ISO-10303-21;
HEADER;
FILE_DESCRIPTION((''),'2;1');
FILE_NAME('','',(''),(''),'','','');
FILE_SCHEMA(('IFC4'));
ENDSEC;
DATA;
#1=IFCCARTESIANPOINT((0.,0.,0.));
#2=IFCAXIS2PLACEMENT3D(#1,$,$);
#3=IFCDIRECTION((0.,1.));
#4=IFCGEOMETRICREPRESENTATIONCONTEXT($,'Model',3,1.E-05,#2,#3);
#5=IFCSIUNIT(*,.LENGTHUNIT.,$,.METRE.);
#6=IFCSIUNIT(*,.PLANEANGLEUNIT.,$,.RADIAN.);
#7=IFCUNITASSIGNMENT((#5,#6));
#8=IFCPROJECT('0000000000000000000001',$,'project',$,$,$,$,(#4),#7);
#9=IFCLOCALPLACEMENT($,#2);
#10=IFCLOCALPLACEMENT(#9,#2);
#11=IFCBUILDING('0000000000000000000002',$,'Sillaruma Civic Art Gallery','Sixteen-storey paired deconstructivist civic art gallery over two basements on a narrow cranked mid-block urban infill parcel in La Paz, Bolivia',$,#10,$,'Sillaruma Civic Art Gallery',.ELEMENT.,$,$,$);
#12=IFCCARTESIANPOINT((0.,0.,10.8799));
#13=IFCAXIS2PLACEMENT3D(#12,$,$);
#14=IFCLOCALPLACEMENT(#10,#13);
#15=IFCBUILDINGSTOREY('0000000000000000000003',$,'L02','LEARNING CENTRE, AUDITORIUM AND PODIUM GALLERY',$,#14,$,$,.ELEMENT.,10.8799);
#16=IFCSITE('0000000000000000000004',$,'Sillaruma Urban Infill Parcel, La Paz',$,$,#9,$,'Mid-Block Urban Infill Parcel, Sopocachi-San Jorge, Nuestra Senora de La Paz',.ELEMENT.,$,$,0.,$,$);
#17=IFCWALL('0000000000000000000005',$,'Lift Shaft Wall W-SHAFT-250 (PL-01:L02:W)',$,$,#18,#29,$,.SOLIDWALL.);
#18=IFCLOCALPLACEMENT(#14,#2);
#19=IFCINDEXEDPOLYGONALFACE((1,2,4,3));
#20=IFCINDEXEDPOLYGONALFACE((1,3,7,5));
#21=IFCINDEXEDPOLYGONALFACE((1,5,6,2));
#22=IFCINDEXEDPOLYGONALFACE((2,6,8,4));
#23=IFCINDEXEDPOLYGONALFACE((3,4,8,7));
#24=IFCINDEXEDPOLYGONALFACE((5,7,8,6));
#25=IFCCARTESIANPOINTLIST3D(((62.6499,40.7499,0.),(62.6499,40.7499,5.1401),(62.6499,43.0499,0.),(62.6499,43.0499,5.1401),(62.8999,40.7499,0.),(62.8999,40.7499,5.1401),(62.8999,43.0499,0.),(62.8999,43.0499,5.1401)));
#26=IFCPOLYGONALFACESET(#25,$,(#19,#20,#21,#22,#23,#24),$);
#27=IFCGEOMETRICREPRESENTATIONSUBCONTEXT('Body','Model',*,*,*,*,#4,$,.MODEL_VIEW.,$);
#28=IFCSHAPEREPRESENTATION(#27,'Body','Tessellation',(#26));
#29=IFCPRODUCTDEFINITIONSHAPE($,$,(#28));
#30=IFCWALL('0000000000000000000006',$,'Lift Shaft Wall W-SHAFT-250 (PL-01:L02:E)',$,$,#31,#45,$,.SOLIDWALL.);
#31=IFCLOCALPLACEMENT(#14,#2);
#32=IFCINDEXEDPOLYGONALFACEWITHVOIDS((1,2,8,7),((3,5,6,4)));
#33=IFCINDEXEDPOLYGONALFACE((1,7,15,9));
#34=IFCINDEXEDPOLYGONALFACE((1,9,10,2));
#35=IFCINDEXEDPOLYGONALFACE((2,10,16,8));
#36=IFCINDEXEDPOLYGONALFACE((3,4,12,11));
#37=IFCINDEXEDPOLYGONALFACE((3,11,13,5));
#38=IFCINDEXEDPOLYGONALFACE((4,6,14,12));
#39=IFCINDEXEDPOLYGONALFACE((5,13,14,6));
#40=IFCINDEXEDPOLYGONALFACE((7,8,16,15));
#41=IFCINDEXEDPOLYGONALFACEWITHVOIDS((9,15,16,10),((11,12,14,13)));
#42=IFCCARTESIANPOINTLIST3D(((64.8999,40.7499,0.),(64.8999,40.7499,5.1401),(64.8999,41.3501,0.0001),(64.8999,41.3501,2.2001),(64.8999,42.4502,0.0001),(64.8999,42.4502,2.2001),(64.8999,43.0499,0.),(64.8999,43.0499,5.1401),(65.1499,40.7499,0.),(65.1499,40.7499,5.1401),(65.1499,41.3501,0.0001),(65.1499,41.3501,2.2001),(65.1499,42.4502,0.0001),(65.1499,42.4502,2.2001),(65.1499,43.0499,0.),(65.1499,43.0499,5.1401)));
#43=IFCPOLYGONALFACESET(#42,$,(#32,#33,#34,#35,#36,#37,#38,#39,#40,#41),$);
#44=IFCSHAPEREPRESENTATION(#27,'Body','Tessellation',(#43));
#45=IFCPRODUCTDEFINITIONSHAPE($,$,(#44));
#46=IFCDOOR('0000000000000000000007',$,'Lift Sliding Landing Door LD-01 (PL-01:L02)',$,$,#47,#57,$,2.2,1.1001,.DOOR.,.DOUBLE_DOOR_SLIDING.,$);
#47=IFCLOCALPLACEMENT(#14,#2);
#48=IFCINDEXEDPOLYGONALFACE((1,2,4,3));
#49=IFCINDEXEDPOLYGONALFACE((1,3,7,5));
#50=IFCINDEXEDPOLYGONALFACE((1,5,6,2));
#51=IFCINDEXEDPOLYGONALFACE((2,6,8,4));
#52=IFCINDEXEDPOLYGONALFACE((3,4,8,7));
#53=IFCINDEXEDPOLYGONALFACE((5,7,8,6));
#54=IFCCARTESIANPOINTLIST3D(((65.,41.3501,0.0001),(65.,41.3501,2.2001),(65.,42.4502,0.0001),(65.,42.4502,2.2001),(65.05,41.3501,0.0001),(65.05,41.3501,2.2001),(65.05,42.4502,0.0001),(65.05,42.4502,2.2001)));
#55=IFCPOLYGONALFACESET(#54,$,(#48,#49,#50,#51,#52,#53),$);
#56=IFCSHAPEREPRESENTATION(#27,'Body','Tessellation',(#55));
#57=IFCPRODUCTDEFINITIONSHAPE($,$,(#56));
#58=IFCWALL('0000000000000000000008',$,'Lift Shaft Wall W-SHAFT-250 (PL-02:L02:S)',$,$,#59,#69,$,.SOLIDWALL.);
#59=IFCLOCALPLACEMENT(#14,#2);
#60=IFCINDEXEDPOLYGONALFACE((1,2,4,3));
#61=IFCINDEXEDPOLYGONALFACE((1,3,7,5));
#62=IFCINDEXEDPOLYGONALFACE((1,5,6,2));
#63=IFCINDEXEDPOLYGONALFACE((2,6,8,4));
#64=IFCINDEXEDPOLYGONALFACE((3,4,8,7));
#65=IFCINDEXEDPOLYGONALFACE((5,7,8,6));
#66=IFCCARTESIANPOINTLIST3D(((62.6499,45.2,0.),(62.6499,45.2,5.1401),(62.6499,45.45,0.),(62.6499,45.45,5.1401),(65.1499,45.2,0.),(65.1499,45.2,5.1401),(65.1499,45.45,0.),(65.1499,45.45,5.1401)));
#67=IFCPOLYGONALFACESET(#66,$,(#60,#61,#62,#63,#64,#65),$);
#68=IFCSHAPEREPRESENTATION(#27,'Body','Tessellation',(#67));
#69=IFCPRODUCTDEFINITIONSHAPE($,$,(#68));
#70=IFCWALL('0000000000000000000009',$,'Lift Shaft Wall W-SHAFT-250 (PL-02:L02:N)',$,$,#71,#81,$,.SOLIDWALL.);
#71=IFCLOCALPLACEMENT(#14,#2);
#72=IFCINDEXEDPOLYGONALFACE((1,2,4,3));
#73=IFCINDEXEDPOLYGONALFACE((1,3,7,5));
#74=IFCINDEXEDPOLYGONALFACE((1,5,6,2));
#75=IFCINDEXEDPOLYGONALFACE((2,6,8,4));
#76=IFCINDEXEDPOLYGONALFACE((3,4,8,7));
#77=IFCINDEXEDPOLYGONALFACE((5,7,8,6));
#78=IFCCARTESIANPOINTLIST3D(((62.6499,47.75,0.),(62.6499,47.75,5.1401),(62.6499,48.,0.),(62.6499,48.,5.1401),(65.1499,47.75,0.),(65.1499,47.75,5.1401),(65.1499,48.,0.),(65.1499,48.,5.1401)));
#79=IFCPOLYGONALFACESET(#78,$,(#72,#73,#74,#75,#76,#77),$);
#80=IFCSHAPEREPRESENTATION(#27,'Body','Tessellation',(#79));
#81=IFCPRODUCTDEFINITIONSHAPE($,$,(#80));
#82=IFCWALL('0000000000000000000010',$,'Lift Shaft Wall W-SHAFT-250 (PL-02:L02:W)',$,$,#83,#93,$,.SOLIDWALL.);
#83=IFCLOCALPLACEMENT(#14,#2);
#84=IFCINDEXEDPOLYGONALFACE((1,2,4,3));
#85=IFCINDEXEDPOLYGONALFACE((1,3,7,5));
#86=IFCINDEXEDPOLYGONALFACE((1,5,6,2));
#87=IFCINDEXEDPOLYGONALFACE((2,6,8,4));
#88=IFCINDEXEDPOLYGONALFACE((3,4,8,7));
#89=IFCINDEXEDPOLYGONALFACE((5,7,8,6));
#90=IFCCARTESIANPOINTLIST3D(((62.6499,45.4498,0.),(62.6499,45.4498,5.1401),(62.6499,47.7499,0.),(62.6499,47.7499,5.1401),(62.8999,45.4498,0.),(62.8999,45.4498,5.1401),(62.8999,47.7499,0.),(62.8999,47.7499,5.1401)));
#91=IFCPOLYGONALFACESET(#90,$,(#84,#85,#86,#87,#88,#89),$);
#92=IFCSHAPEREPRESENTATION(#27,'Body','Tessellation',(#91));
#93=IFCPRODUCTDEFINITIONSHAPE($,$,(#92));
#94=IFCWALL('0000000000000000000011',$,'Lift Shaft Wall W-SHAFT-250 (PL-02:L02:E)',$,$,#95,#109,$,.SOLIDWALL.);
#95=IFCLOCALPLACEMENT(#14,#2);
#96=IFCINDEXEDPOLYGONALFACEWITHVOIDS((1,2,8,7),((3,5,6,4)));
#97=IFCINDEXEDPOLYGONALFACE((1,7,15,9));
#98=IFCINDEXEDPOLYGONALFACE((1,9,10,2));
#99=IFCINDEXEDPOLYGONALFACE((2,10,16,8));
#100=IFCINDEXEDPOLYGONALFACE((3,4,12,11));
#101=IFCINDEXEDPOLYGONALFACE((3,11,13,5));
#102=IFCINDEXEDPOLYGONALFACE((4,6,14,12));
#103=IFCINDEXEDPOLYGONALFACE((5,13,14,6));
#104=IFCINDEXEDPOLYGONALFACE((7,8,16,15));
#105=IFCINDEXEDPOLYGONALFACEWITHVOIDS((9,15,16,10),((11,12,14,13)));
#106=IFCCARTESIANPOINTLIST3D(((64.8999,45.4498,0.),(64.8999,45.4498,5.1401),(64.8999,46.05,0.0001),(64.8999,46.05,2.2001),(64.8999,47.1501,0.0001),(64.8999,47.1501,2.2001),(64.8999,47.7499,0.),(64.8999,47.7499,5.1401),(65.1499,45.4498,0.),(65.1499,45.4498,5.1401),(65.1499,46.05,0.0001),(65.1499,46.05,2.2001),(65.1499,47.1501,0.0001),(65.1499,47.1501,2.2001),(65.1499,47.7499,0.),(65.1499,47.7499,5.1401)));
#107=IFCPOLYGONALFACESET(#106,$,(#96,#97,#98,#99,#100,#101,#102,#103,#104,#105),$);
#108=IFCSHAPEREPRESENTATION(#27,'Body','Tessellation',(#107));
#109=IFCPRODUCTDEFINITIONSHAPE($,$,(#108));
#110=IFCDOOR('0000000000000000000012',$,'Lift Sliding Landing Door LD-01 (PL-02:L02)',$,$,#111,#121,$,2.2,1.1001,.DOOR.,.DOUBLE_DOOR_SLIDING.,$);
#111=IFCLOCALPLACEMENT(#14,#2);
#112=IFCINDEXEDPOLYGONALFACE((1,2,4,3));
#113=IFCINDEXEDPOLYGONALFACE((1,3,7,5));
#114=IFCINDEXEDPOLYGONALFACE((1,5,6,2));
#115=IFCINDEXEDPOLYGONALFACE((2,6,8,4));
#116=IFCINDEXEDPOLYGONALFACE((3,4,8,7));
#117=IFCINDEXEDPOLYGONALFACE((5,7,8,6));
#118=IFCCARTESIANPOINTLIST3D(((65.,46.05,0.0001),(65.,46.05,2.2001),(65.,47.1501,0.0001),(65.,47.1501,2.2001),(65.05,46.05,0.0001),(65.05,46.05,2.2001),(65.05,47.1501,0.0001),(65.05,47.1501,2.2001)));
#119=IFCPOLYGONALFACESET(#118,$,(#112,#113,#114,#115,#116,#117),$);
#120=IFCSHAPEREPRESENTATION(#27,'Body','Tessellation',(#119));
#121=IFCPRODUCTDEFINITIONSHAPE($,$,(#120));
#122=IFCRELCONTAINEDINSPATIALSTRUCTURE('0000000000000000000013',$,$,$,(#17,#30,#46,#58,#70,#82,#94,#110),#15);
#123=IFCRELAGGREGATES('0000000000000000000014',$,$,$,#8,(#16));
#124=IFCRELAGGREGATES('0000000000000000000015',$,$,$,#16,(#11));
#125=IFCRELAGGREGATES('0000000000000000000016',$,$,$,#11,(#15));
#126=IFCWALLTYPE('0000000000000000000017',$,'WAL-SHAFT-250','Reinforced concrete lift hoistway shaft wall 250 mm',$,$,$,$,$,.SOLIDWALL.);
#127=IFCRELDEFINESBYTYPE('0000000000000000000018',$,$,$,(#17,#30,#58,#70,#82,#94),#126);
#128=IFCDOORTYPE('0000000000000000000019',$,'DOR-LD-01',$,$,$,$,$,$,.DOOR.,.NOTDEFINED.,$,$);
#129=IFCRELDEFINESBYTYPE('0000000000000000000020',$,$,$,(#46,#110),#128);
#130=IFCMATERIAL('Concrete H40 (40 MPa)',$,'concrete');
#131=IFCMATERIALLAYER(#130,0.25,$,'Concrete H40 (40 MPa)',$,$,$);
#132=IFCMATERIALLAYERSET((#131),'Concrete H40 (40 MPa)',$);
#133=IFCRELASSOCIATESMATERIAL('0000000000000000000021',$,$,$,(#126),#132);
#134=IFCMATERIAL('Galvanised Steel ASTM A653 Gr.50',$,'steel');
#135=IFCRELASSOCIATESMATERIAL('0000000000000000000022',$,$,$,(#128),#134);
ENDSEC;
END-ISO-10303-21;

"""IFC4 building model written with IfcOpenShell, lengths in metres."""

from ifc_helpers import new_model, si_unit, direction, frame, frame_2d, origin, place, context, subcontext, project, spatial, rectangle, extrude, material, layer, layer_set, type_object, element, fill, save


model = new_model("IFC4")

# Units and contexts
model_context = context("Model", 3, precision=1e-05, world=origin(), true_north=direction((0.0, 1.0)))
body_context = subcontext(model_context, "Body", "Model", "MODEL_VIEW")
ifc_project = project(units=[si_unit("LENGTHUNIT", "METRE"), si_unit("PLANEANGLEUNIT", "RADIAN")], contexts=[model_context])

# Site, building, storey
site_placement = place(None, origin())
site = spatial("IfcSite", under=ifc_project, at=site_placement, Name="Sillaruma Urban Infill Parcel, La Paz", LongName="Mid-Block Urban Infill Parcel, Sopocachi-San Jorge, Nuestra Senora de La Paz", CompositionType="ELEMENT", RefElevation=0.0)
building_placement = place(site_placement, origin())
building = spatial("IfcBuilding", under=site, at=building_placement, Name="Sillaruma Civic Art Gallery", Description="Sixteen-storey paired deconstructivist civic art gallery over two basements on a narrow cranked mid-block urban infill parcel in La Paz, Bolivia", LongName="Sillaruma Civic Art Gallery", CompositionType="ELEMENT")
storey_placement = place(building_placement, frame((0.0, 0.0, 10.8799)))
storey = spatial("IfcBuildingStorey", under=building, at=storey_placement, Name="L02", Description="LEARNING CENTRE, AUDITORIUM AND PODIUM GALLERY", CompositionType="ELEMENT", Elevation=10.8799)

# Shared definitions
ifc_material_1 = material(Name="Concrete H40 (40 MPa)", Category="concrete")

# Wall
ifc_layer_1 = layer(ifc_material_1, 0.25, Name="Concrete H40 (40 MPa)")
ifc_layer_set_1 = layer_set([ifc_layer_1], Name="Concrete H40 (40 MPa)")
wall_type_1 = type_object("IfcWallType", Name="WAL-SHAFT-250", Description="Reinforced concrete lift hoistway shaft wall 250 mm", PredefinedType="SOLIDWALL", material=ifc_layer_set_1)
wall_1_placement = place(storey_placement, frame((62.7749, 40.75, 0.0), z_axis=(0.0, 0.0, 1.0), x_axis=(0.0, 1.0, 0.0)))
element("IfcWall", 1, at=wall_1_placement, inside=storey, type_object=wall_type_1, Name="Lift Shaft Wall W-SHAFT-250 (PL-01:L02:W)", PredefinedType="SOLIDWALL", context=body_context, shape_type="SweptSolid", body=[
    extrude(rectangle(XDim=2.3, YDim=0.25, at=frame_2d((1.1499, 0.0))), origin(), (0.0, 0.0, 1.0), 5.1401),
])

# Wall, opening, door
wall_2_placement = place(storey_placement, frame((65.0249, 40.75, 0.0), z_axis=(0.0, 0.0, 1.0), x_axis=(0.0, 1.0, 0.0)))
wall_2 = element("IfcWall", 2, at=wall_2_placement, inside=storey, type_object=wall_type_1, Name="Lift Shaft Wall W-SHAFT-250 (PL-01:L02:E)", PredefinedType="SOLIDWALL", context=body_context, shape_type="SweptSolid", body=[
    extrude(rectangle(XDim=2.3, YDim=0.25, at=frame_2d((1.1499, 0.0))), origin(), (0.0, 0.0, 1.0), 5.1401),
])
opening_1_placement = place(wall_2_placement, frame((0.6001, 0.0, 0.0)))
opening_1 = element("IfcOpeningElement", 3, at=opening_1_placement, cuts=wall_2, PredefinedType="OPENING", context=body_context, shape_type="SweptSolid", body=[
    extrude(rectangle(XDim=1.1001, YDim=2.2, at=frame_2d((0.55, 1.1001))), frame((0.0, 0.135, 0.0), z_axis=(0.0, -1.0, 0.0), x_axis=(1.0, 0.0, 0.0)), (0.0, 0.0, 1.0), 0.27),
])
ifc_material_2 = material(Name="Galvanised Steel ASTM A653 Gr.50", Category="steel")
door_type_1 = type_object("IfcDoorType", Name="DOR-LD-01", OperationType="NOTDEFINED", PredefinedType="DOOR", material=ifc_material_2)
door_1_placement = place(opening_1_placement, origin())
door_1 = element("IfcDoor", 4, at=door_1_placement, inside=storey, type_object=door_type_1, Name="Lift Sliding Landing Door LD-01 (PL-01:L02)", OperationType="DOUBLE_DOOR_SLIDING", OverallHeight=2.2, OverallWidth=1.1001, PredefinedType="DOOR", context=body_context, shape_type="SweptSolid", body=[
    extrude(rectangle(XDim=1.1001, YDim=2.2, at=frame_2d((0.55, 1.1001))), frame((0.0, 0.0249, 0.0), z_axis=(0.0, -1.0, 0.0), x_axis=(1.0, 0.0, 0.0)), (0.0, 0.0, 1.0), 0.05),
])
fill(opening_1, door_1)

# Walls
for number, where, z_axis, x_axis, name in (
    (5, (62.6499, 45.325, 0.0), (0.0, 0.0, 1.0), (1.0, 0.0, 0.0), "Lift Shaft Wall W-SHAFT-250 (PL-02:L02:S)"),
    (6, (62.6499, 47.875, 0.0), (0.0, 0.0, 1.0), (1.0, 0.0, 0.0), "Lift Shaft Wall W-SHAFT-250 (PL-02:L02:N)"),
):
    element("IfcWall", number, at=place(storey_placement, frame(where, z_axis=z_axis, x_axis=x_axis)), inside=storey, type_object=wall_type_1, Name=name, PredefinedType="SOLIDWALL", context=body_context, shape_type="SweptSolid", body=[
        extrude(rectangle(XDim=2.5, YDim=0.25, at=frame_2d((1.25, 0.0))), origin(), (0.0, 0.0, 1.0), 5.1401),
    ])
wall_3_placement = place(storey_placement, frame((62.7749, 45.45, 0.0), z_axis=(0.0, 0.0, 1.0), x_axis=(0.0, 1.0, 0.0)))
element("IfcWall", 7, at=wall_3_placement, inside=storey, type_object=wall_type_1, Name="Lift Shaft Wall W-SHAFT-250 (PL-02:L02:W)", PredefinedType="SOLIDWALL", context=body_context, shape_type="SweptSolid", body=[
    extrude(rectangle(XDim=2.3, YDim=0.25, at=frame_2d((1.1499, 0.0))), origin(), (0.0, 0.0, 1.0), 5.1401),
])

# Wall, opening, door
wall_4_placement = place(storey_placement, frame((65.0249, 45.45, 0.0), z_axis=(0.0, 0.0, 1.0), x_axis=(0.0, 1.0, 0.0)))
wall_4 = element("IfcWall", 8, at=wall_4_placement, inside=storey, type_object=wall_type_1, Name="Lift Shaft Wall W-SHAFT-250 (PL-02:L02:E)", PredefinedType="SOLIDWALL", context=body_context, shape_type="SweptSolid", body=[
    extrude(rectangle(XDim=2.3, YDim=0.25, at=frame_2d((1.1499, 0.0))), origin(), (0.0, 0.0, 1.0), 5.1401),
])
opening_2_placement = place(wall_4_placement, frame((0.6001, 0.0, 0.0)))
opening_2 = element("IfcOpeningElement", 9, at=opening_2_placement, cuts=wall_4, PredefinedType="OPENING", context=body_context, shape_type="SweptSolid", body=[
    extrude(rectangle(XDim=1.1001, YDim=2.2, at=frame_2d((0.55, 1.1001))), frame((0.0, 0.135, 0.0), z_axis=(0.0, -1.0, 0.0), x_axis=(1.0, 0.0, 0.0)), (0.0, 0.0, 1.0), 0.27),
])
door_2_placement = place(opening_2_placement, origin())
door_2 = element("IfcDoor", 10, at=door_2_placement, inside=storey, type_object=door_type_1, Name="Lift Sliding Landing Door LD-01 (PL-02:L02)", OperationType="DOUBLE_DOOR_SLIDING", OverallHeight=2.2, OverallWidth=1.1001, PredefinedType="DOOR", context=body_context, shape_type="SweptSolid", body=[
    extrude(rectangle(XDim=1.1001, YDim=2.2, at=frame_2d((0.55, 1.1001))), frame((0.0, 0.0249, 0.0), z_axis=(0.0, -1.0, 0.0), x_axis=(1.0, 0.0, 0.0)), (0.0, 0.0, 1.0), 0.05),
])
fill(opening_2, door_2)

save(model, "model.ifc")
